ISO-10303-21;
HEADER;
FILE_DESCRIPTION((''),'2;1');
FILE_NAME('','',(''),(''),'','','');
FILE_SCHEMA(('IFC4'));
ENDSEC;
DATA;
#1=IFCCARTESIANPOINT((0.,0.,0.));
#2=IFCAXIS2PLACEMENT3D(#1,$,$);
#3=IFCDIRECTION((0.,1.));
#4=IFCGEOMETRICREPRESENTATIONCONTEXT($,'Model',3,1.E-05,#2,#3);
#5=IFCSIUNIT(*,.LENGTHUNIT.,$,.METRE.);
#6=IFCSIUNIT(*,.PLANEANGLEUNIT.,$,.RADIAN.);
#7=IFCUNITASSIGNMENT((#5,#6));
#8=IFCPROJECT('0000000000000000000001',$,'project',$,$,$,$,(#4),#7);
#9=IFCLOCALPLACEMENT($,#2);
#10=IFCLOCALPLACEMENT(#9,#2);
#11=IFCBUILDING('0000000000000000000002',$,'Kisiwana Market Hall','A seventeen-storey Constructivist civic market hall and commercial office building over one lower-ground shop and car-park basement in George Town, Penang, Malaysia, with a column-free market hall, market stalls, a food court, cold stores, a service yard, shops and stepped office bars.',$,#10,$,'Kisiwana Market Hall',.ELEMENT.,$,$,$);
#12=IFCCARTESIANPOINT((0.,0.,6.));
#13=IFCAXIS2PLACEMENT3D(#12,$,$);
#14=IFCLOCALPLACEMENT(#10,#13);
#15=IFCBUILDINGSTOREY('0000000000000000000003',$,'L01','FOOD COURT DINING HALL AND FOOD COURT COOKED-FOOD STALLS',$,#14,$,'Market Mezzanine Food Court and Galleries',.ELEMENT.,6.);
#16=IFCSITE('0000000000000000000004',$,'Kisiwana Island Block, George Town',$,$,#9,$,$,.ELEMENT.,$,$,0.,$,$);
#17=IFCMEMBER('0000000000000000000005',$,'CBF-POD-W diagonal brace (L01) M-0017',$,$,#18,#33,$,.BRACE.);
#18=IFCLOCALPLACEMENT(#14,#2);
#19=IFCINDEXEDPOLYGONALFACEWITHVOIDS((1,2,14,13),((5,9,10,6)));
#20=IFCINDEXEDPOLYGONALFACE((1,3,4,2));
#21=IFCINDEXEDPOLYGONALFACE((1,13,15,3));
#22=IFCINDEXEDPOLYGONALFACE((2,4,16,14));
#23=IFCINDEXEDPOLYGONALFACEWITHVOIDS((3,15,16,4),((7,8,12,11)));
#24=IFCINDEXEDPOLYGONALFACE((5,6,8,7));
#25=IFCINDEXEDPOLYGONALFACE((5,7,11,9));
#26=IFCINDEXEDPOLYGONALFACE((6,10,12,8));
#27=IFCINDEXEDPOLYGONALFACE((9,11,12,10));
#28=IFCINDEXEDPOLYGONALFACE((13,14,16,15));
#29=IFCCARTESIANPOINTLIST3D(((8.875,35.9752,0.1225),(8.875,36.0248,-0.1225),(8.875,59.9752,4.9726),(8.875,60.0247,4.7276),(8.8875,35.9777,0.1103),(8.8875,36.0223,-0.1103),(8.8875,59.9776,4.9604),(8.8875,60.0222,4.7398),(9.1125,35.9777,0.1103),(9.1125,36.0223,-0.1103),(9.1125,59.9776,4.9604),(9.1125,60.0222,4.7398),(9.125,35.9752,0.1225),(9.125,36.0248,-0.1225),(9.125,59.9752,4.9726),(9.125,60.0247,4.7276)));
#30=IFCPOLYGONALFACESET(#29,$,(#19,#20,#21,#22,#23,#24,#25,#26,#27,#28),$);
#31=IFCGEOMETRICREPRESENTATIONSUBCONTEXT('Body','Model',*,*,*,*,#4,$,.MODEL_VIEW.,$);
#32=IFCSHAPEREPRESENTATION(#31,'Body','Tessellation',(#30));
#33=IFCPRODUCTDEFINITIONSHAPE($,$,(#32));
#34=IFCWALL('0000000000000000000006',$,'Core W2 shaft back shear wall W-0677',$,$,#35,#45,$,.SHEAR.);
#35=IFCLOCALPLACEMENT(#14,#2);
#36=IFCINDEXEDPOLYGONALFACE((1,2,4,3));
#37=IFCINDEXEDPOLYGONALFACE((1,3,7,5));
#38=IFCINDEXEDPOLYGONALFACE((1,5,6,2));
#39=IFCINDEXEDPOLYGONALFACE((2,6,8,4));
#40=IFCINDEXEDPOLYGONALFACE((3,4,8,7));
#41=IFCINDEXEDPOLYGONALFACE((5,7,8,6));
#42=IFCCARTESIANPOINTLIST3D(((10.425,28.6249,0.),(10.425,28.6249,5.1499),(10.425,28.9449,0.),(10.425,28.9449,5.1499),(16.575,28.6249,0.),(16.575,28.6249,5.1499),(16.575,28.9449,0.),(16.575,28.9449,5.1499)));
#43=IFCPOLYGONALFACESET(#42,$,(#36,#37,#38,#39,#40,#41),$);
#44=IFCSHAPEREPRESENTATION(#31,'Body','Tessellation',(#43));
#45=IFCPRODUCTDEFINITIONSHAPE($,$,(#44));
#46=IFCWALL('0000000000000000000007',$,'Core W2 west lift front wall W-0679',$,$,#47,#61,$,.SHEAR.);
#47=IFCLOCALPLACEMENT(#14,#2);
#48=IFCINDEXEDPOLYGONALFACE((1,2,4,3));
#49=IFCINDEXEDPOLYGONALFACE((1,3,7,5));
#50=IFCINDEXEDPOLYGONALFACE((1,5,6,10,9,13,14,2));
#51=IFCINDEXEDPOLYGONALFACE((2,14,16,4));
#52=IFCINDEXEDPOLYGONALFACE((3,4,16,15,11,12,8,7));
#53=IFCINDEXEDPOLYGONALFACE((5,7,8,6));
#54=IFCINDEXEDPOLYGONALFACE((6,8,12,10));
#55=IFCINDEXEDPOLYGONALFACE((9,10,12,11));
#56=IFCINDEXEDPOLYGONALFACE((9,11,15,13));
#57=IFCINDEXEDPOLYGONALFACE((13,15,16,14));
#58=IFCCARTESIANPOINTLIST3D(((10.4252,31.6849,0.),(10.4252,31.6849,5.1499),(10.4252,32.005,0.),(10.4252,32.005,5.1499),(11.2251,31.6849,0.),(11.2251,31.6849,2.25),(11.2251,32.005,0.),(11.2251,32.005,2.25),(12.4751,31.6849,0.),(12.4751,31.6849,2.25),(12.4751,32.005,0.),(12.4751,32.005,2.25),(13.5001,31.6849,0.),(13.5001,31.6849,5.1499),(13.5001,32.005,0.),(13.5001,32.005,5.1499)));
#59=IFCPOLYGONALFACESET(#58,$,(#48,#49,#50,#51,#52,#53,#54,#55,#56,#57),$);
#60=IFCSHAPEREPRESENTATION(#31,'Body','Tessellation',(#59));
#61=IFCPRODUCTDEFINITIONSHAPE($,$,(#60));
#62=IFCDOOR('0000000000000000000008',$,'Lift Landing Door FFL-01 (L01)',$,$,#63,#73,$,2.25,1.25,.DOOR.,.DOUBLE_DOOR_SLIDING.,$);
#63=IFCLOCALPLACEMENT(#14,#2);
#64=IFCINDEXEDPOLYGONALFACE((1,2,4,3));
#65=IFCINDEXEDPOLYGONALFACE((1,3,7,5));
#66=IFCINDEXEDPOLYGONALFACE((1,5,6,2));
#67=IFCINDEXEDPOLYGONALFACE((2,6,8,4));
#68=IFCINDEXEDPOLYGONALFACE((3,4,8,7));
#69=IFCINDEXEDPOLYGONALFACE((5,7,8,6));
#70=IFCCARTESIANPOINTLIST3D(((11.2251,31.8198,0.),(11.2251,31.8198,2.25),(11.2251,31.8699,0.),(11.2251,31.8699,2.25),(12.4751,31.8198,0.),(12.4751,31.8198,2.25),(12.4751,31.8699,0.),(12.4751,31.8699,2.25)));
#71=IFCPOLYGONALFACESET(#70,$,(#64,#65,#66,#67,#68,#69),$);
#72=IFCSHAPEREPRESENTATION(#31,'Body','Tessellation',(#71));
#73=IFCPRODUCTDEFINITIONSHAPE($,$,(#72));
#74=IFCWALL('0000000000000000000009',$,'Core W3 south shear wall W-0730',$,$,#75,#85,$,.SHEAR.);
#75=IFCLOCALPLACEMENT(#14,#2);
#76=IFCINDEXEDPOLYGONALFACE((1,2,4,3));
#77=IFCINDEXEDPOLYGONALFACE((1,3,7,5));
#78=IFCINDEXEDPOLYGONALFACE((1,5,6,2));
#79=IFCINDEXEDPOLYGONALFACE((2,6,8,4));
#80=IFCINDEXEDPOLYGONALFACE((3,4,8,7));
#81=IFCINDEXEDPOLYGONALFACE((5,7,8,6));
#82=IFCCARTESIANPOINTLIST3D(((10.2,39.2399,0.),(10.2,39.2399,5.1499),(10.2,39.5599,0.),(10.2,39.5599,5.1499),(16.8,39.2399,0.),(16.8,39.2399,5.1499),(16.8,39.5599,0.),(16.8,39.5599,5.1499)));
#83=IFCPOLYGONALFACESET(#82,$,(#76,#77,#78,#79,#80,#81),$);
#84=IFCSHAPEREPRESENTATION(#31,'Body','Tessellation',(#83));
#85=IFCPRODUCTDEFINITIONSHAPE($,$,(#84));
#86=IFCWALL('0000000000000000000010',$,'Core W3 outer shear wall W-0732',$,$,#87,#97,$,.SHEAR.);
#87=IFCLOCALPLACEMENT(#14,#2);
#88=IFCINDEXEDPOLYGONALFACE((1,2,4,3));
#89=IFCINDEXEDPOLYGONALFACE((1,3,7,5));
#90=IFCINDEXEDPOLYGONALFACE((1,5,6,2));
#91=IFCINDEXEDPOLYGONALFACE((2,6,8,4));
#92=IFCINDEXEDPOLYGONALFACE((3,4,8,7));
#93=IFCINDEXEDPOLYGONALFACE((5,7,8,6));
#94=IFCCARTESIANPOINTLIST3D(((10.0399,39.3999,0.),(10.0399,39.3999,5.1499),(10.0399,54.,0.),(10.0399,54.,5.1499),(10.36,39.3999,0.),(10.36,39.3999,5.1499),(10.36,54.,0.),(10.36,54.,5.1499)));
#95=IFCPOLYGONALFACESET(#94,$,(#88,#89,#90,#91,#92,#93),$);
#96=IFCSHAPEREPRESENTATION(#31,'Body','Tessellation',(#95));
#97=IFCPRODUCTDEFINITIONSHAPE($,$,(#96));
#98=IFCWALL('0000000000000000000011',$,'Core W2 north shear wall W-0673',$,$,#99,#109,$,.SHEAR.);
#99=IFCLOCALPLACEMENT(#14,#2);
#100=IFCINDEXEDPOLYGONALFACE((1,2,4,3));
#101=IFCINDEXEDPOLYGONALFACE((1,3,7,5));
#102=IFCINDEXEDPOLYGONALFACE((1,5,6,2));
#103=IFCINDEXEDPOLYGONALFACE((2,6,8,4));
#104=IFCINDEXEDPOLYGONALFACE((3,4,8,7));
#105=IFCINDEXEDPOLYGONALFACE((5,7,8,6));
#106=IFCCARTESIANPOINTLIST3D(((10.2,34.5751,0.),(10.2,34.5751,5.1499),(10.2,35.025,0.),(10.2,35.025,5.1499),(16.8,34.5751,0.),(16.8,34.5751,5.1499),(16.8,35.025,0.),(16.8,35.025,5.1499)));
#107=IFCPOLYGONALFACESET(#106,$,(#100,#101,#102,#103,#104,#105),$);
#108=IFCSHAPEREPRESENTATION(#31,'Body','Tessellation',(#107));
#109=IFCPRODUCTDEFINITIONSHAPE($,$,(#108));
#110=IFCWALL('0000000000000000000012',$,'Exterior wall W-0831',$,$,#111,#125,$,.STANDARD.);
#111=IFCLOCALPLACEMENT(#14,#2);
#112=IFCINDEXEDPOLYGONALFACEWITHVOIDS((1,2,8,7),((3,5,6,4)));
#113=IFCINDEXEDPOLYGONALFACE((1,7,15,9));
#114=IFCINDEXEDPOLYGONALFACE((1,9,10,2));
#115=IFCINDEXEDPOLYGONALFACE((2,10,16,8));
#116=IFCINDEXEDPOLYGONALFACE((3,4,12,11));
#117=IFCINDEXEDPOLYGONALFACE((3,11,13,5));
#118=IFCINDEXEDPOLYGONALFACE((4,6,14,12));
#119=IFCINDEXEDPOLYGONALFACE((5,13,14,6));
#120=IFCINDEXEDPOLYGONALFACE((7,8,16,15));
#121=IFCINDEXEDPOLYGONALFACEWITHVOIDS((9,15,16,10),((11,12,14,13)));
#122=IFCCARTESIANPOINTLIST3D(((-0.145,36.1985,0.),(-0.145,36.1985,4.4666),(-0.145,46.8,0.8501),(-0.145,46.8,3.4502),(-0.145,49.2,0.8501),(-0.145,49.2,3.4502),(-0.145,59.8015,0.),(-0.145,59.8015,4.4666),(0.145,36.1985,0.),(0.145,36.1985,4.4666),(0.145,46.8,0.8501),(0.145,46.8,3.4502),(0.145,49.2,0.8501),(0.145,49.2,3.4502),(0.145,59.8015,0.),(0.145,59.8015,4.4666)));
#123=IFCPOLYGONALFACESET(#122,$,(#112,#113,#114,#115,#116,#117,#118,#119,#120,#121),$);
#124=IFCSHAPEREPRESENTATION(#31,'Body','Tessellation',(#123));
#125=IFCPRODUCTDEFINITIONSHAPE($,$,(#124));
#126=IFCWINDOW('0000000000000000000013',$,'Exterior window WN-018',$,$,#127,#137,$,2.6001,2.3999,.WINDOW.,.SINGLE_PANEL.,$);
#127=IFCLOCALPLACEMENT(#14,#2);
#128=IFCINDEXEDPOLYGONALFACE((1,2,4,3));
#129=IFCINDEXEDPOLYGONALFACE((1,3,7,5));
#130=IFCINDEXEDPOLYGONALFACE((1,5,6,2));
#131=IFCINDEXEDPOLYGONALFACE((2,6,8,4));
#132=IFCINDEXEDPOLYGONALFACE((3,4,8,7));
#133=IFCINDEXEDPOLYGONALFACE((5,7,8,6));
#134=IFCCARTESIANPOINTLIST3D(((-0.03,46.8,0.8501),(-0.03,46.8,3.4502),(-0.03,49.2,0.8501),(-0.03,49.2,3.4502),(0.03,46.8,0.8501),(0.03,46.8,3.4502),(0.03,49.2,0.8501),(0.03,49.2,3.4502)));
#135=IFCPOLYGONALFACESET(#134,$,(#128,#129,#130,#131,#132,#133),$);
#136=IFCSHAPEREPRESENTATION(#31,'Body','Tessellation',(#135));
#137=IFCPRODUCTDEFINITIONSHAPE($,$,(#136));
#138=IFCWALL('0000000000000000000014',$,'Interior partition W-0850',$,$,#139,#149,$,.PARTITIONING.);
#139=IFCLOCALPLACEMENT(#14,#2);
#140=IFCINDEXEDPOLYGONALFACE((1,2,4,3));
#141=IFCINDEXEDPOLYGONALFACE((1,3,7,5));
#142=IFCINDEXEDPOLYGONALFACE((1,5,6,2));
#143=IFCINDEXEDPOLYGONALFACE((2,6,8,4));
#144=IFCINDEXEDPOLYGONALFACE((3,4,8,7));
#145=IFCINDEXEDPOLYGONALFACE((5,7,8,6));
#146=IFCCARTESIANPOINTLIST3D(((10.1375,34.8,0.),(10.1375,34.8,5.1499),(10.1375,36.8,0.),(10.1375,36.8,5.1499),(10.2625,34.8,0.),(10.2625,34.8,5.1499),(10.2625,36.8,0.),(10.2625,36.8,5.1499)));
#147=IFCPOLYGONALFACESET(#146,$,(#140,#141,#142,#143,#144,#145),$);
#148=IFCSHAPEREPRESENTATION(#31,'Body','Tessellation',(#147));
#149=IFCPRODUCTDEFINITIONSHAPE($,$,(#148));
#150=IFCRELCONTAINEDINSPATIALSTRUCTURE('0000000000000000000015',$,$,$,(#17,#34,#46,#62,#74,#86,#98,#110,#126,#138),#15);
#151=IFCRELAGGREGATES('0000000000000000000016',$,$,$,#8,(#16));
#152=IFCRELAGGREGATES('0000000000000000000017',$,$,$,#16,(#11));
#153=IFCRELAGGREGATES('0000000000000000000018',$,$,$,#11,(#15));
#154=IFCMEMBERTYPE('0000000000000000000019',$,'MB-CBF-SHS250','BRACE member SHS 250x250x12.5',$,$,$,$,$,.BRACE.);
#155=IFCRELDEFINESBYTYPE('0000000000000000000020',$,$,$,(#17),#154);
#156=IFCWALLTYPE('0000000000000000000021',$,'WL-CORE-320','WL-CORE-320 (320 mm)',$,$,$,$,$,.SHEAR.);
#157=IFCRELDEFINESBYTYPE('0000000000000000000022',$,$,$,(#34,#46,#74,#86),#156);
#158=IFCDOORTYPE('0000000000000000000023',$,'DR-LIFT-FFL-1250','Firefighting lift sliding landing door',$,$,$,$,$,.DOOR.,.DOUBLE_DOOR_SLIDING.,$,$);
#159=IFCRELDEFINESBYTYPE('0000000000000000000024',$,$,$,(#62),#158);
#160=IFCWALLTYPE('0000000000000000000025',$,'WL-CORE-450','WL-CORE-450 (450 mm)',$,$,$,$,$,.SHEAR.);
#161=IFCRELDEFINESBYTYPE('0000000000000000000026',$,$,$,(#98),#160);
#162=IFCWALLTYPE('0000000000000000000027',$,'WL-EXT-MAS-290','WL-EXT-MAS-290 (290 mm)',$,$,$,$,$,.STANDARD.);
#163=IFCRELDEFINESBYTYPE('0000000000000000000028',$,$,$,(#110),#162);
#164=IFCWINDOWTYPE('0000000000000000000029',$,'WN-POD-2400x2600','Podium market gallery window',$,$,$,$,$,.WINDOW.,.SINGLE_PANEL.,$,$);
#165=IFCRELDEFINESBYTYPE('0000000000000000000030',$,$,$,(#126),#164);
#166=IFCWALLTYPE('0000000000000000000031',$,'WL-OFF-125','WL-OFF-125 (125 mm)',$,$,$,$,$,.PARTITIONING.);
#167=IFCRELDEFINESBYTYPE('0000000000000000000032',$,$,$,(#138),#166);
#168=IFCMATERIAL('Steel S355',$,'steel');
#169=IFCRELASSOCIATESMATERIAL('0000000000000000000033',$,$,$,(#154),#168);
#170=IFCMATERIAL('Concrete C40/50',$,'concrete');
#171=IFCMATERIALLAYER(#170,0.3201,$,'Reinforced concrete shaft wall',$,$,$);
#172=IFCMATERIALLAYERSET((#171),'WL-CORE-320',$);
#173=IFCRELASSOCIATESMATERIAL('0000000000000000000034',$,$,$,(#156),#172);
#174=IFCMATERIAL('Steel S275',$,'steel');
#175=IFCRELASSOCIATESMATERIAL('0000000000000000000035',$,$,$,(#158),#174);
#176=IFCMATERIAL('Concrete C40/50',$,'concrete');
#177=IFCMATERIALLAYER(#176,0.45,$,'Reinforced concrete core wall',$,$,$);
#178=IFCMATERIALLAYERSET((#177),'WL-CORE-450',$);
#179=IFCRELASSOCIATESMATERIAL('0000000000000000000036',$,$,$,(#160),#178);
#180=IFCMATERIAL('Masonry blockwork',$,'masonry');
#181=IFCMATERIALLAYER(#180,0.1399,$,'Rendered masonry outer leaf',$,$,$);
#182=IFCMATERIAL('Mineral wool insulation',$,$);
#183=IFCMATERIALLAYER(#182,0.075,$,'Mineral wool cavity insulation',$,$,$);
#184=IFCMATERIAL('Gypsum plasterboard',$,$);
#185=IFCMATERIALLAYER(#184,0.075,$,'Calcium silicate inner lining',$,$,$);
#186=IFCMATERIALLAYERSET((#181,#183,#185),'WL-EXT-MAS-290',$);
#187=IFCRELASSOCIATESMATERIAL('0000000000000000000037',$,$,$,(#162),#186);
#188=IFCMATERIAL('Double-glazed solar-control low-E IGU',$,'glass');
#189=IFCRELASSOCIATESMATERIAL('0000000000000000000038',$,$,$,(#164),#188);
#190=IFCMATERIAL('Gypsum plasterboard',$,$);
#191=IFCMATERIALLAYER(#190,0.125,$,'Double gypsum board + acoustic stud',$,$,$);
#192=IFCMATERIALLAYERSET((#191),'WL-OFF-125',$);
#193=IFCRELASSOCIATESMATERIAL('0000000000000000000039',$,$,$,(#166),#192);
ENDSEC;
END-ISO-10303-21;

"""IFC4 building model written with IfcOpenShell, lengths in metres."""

from ifc_helpers import new_model, si_unit, direction, frame, frame_2d, origin, origin_2d, place, context, subcontext, project, spatial, rectangle, hollow_rectangle, extrude, material, layer, layer_set, material_profile, profile_set, type_object, element, fill, save


model = new_model("IFC4")

# Units and contexts
model_context = context("Model", 3, precision=1e-05, world=origin(), true_north=direction((0.0, 1.0)))
body_context = subcontext(model_context, "Body", "Model", "MODEL_VIEW")
ifc_project = project(units=[si_unit("LENGTHUNIT", "METRE"), si_unit("PLANEANGLEUNIT", "RADIAN")], contexts=[model_context])

# Site, building, storey
site_placement = place(None, origin())
site = spatial("IfcSite", under=ifc_project, at=site_placement, Name="Kisiwana Island Block, George Town", CompositionType="ELEMENT", RefElevation=0.0)
building_placement = place(site_placement, origin())
building = spatial("IfcBuilding", under=site, at=building_placement, Name="Kisiwana Market Hall", Description="A seventeen-storey Constructivist civic market hall and commercial office building over one lower-ground shop and car-park basement in George Town, Penang, Malaysia, with a column-free market hall, market stalls, a food court, cold stores, a service yard, shops and stepped office bars.", LongName="Kisiwana Market Hall", CompositionType="ELEMENT")
storey_placement = place(building_placement, frame((0.0, 0.0, 6.0)))
storey = spatial("IfcBuildingStorey", under=building, at=storey_placement, Name="L01", Description="FOOD COURT DINING HALL AND FOOD COURT COOKED-FOOD STALLS", LongName="Market Mezzanine Food Court and Galleries", CompositionType="ELEMENT", Elevation=6.0)

# Member
ifc_material_1 = material(Name="Steel S355", Category="steel")
ifc_material_profile_1 = material_profile(ifc_material_1, hollow_rectangle(XDim=0.25, YDim=0.25, WallThickness=0.0125, at=origin_2d()), Name="SHS 250x250x12.5")
ifc_profile_set_1 = profile_set([ifc_material_profile_1], Name="Steel S355")
member_type = type_object("IfcMemberType", Name="MB-CBF-SHS250", Description="BRACE member SHS 250x250x12.5", PredefinedType="BRACE", material=ifc_profile_set_1)
member_placement = place(storey_placement, frame((9.0, 36.0, 0.0), z_axis=(0.0, 0.980185, 0.198083), x_axis=(-1.0, 0.0, 0.0)))
element("IfcMember", 1, at=member_placement, inside=storey, type_object=member_type, Name="CBF-POD-W diagonal brace (L01) M-0017", PredefinedType="BRACE", context=body_context, shape_type="SweptSolid", body=[
    extrude(hollow_rectangle(XDim=0.25, YDim=0.25, WallThickness=0.0125, at=origin_2d()), origin(), (0.0, 0.0, 1.0), 24.4851),
])

# Wall
ifc_material_2 = material(Name="Concrete C40/50", Category="concrete")
ifc_layer_1 = layer(ifc_material_2, 0.3201, Name="Reinforced concrete shaft wall")
ifc_layer_set_1 = layer_set([ifc_layer_1], Name="WL-CORE-320")
wall_type_1 = type_object("IfcWallType", Name="WL-CORE-320", Description="WL-CORE-320 (320 mm)", PredefinedType="SHEAR", material=ifc_layer_set_1)
wall_1_placement = place(storey_placement, frame((10.425, 28.7849, 0.0), z_axis=(0.0, 0.0, 1.0), x_axis=(1.0, 0.0, 0.0)))
element("IfcWall", 2, at=wall_1_placement, inside=storey, type_object=wall_type_1, Name="Core W2 shaft back shear wall W-0677", PredefinedType="SHEAR", context=body_context, shape_type="SweptSolid", body=[
    extrude(rectangle(XDim=6.1499, YDim=0.3201, at=frame_2d((3.075, 0.0))), origin(), (0.0, 0.0, 1.0), 5.1499),
])

# Wall, opening, door
wall_2_placement = place(storey_placement, frame((10.425, 31.845, 0.0), z_axis=(0.0, 0.0, 1.0), x_axis=(1.0, 0.0, 0.0)))
wall_2 = element("IfcWall", 3, at=wall_2_placement, inside=storey, type_object=wall_type_1, Name="Core W2 west lift front wall W-0679", PredefinedType="SHEAR", context=body_context, shape_type="SweptSolid", body=[
    extrude(rectangle(XDim=3.075, YDim=0.3201, at=frame_2d((1.5376, 0.0))), origin(), (0.0, 0.0, 1.0), 5.1499),
])
opening_1_placement = place(wall_2_placement, frame((0.8, 0.0, 0.0)))
opening_1 = element("IfcOpeningElement", 4, at=opening_1_placement, cuts=wall_2, PredefinedType="OPENING", context=body_context, shape_type="SweptSolid", body=[
    extrude(rectangle(XDim=1.25, YDim=2.25, at=frame_2d((0.625, 1.125))), frame((0.0, 0.1719, 0.0), z_axis=(0.0, -1.0, 0.0), x_axis=(1.0, 0.0, 0.0)), (0.0, 0.0, 1.0), 0.344),
])
ifc_material_3 = material(Name="Steel S275", Category="steel")
door_type_1 = type_object("IfcDoorType", Name="DR-LIFT-FFL-1250", Description="Firefighting lift sliding landing door", OperationType="DOUBLE_DOOR_SLIDING", PredefinedType="DOOR", material=ifc_material_3)
door_1_placement = place(opening_1_placement, origin())
door_1 = element("IfcDoor", 5, at=door_1_placement, inside=storey, type_object=door_type_1, Name="Lift Landing Door FFL-01 (L01)", OperationType="DOUBLE_DOOR_SLIDING", OverallHeight=2.25, OverallWidth=1.25, PredefinedType="DOOR", context=body_context, shape_type="SweptSolid", body=[
    extrude(rectangle(XDim=1.25, YDim=2.25, at=frame_2d((0.625, 1.125))), frame((0.0, 0.0249, 0.0), z_axis=(0.0, -1.0, 0.0), x_axis=(1.0, 0.0, 0.0)), (0.0, 0.0, 1.0), 0.05),
])
fill(opening_1, door_1)

# Walls
wall_3_placement = place(storey_placement, frame((10.2, 39.3999, 0.0), z_axis=(0.0, 0.0, 1.0), x_axis=(1.0, 0.0, 0.0)))
element("IfcWall", 6, at=wall_3_placement, inside=storey, type_object=wall_type_1, Name="Core W3 south shear wall W-0730", PredefinedType="SHEAR", context=body_context, shape_type="SweptSolid", body=[
    extrude(rectangle(XDim=6.6001, YDim=0.3201, at=frame_2d((3.3, 0.0))), origin(), (0.0, 0.0, 1.0), 5.1499),
])
wall_4_placement = place(storey_placement, frame((10.2, 39.3999, 0.0), z_axis=(0.0, 0.0, 1.0), x_axis=(0.0, 1.0, 0.0)))
element("IfcWall", 7, at=wall_4_placement, inside=storey, type_object=wall_type_1, Name="Core W3 outer shear wall W-0732", PredefinedType="SHEAR", context=body_context, shape_type="SweptSolid", body=[
    extrude(rectangle(XDim=14.6001, YDim=0.3201, at=frame_2d((7.3, 0.0))), origin(), (0.0, 0.0, 1.0), 5.1499),
])
ifc_material_4 = material(Name="Concrete C40/50", Category="concrete")
ifc_layer_2 = layer(ifc_material_4, 0.45, Name="Reinforced concrete core wall")
ifc_layer_set_2 = layer_set([ifc_layer_2], Name="WL-CORE-450")
wall_type_2 = type_object("IfcWallType", Name="WL-CORE-450", Description="WL-CORE-450 (450 mm)", PredefinedType="SHEAR", material=ifc_layer_set_2)
wall_5_placement = place(storey_placement, frame((10.2, 34.8, 0.0), z_axis=(0.0, 0.0, 1.0), x_axis=(1.0, 0.0, 0.0)))
element("IfcWall", 8, at=wall_5_placement, inside=storey, type_object=wall_type_2, Name="Core W2 north shear wall W-0673", PredefinedType="SHEAR", context=body_context, shape_type="SweptSolid", body=[
    extrude(rectangle(XDim=6.6001, YDim=0.45, at=frame_2d((3.3, 0.0))), origin(), (0.0, 0.0, 1.0), 5.1499),
])

# Wall, opening, window
ifc_material_5 = material(Name="Masonry blockwork", Category="masonry")
ifc_layer_3 = layer(ifc_material_5, 0.1399, Name="Rendered masonry outer leaf")
ifc_material_6 = material(Name="Mineral wool insulation")
ifc_layer_4 = layer(ifc_material_6, 0.075, Name="Mineral wool cavity insulation")
ifc_material_7 = material(Name="Gypsum plasterboard")
ifc_layer_5 = layer(ifc_material_7, 0.075, Name="Calcium silicate inner lining")
ifc_layer_set_3 = layer_set([ifc_layer_3, ifc_layer_4, ifc_layer_5], Name="WL-EXT-MAS-290")
wall_type_3 = type_object("IfcWallType", Name="WL-EXT-MAS-290", Description="WL-EXT-MAS-290 (290 mm)", PredefinedType="STANDARD", material=ifc_layer_set_3)
wall_6_placement = place(storey_placement, frame((0.0, 36.1985, 0.0), z_axis=(0.0, 0.0, 1.0), x_axis=(0.0, 1.0, 0.0)))
wall_6 = element("IfcWall", 9, at=wall_6_placement, inside=storey, type_object=wall_type_3, Name="Exterior wall W-0831", PredefinedType="STANDARD", context=body_context, shape_type="SweptSolid", body=[
    extrude(rectangle(XDim=23.603, YDim=0.29, at=frame_2d((11.8015, 0.0))), origin(), (0.0, 0.0, 1.0), 4.4666),
])
opening_2_placement = place(wall_6_placement, frame((10.6016, 0.0, 0.8501)))
opening_2 = element("IfcOpeningElement", 10, at=opening_2_placement, cuts=wall_6, PredefinedType="OPENING", context=body_context, shape_type="SweptSolid", body=[
    extrude(rectangle(XDim=2.3999, YDim=2.6001, at=frame_2d((1.2, 1.3))), frame((0.0, 0.157, 0.0), z_axis=(0.0, -1.0, 0.0), x_axis=(1.0, 0.0, 0.0)), (0.0, 0.0, 1.0), 0.314),
])
ifc_material_8 = material(Name="Double-glazed solar-control low-E IGU", Category="glass")
window_type = type_object("IfcWindowType", Name="WN-POD-2400x2600", Description="Podium market gallery window", PartitioningType="SINGLE_PANEL", PredefinedType="WINDOW", material=ifc_material_8)
window_placement = place(opening_2_placement, origin())
window = element("IfcWindow", 11, at=window_placement, inside=storey, type_object=window_type, Name="Exterior window WN-018", OverallHeight=2.6001, OverallWidth=2.3999, PartitioningType="SINGLE_PANEL", PredefinedType="WINDOW", context=body_context, shape_type="SweptSolid", body=[
    extrude(rectangle(XDim=2.3999, YDim=2.6001, at=frame_2d((1.2, 1.3))), frame((0.0, 0.03, 0.0), z_axis=(0.0, -1.0, 0.0), x_axis=(1.0, 0.0, 0.0)), (0.0, 0.0, 1.0), 0.0601),
])
fill(opening_2, window)

# Wall
ifc_material_9 = material(Name="Gypsum plasterboard")
ifc_layer_6 = layer(ifc_material_9, 0.125, Name="Double gypsum board + acoustic stud")
ifc_layer_set_4 = layer_set([ifc_layer_6], Name="WL-OFF-125")
wall_type_4 = type_object("IfcWallType", Name="WL-OFF-125", Description="WL-OFF-125 (125 mm)", PredefinedType="PARTITIONING", material=ifc_layer_set_4)
wall_7_placement = place(storey_placement, frame((10.2, 34.8, 0.0), z_axis=(0.0, 0.0, 1.0), x_axis=(0.0, 1.0, 0.0)))
element("IfcWall", 12, at=wall_7_placement, inside=storey, type_object=wall_type_4, Name="Interior partition W-0850", PredefinedType="PARTITIONING", context=body_context, shape_type="SweptSolid", body=[
    extrude(rectangle(XDim=2.0, YDim=0.125, at=frame_2d((1.0, 0.0))), origin(), (0.0, 0.0, 1.0), 5.1499),
])

save(model, "model.ifc")
